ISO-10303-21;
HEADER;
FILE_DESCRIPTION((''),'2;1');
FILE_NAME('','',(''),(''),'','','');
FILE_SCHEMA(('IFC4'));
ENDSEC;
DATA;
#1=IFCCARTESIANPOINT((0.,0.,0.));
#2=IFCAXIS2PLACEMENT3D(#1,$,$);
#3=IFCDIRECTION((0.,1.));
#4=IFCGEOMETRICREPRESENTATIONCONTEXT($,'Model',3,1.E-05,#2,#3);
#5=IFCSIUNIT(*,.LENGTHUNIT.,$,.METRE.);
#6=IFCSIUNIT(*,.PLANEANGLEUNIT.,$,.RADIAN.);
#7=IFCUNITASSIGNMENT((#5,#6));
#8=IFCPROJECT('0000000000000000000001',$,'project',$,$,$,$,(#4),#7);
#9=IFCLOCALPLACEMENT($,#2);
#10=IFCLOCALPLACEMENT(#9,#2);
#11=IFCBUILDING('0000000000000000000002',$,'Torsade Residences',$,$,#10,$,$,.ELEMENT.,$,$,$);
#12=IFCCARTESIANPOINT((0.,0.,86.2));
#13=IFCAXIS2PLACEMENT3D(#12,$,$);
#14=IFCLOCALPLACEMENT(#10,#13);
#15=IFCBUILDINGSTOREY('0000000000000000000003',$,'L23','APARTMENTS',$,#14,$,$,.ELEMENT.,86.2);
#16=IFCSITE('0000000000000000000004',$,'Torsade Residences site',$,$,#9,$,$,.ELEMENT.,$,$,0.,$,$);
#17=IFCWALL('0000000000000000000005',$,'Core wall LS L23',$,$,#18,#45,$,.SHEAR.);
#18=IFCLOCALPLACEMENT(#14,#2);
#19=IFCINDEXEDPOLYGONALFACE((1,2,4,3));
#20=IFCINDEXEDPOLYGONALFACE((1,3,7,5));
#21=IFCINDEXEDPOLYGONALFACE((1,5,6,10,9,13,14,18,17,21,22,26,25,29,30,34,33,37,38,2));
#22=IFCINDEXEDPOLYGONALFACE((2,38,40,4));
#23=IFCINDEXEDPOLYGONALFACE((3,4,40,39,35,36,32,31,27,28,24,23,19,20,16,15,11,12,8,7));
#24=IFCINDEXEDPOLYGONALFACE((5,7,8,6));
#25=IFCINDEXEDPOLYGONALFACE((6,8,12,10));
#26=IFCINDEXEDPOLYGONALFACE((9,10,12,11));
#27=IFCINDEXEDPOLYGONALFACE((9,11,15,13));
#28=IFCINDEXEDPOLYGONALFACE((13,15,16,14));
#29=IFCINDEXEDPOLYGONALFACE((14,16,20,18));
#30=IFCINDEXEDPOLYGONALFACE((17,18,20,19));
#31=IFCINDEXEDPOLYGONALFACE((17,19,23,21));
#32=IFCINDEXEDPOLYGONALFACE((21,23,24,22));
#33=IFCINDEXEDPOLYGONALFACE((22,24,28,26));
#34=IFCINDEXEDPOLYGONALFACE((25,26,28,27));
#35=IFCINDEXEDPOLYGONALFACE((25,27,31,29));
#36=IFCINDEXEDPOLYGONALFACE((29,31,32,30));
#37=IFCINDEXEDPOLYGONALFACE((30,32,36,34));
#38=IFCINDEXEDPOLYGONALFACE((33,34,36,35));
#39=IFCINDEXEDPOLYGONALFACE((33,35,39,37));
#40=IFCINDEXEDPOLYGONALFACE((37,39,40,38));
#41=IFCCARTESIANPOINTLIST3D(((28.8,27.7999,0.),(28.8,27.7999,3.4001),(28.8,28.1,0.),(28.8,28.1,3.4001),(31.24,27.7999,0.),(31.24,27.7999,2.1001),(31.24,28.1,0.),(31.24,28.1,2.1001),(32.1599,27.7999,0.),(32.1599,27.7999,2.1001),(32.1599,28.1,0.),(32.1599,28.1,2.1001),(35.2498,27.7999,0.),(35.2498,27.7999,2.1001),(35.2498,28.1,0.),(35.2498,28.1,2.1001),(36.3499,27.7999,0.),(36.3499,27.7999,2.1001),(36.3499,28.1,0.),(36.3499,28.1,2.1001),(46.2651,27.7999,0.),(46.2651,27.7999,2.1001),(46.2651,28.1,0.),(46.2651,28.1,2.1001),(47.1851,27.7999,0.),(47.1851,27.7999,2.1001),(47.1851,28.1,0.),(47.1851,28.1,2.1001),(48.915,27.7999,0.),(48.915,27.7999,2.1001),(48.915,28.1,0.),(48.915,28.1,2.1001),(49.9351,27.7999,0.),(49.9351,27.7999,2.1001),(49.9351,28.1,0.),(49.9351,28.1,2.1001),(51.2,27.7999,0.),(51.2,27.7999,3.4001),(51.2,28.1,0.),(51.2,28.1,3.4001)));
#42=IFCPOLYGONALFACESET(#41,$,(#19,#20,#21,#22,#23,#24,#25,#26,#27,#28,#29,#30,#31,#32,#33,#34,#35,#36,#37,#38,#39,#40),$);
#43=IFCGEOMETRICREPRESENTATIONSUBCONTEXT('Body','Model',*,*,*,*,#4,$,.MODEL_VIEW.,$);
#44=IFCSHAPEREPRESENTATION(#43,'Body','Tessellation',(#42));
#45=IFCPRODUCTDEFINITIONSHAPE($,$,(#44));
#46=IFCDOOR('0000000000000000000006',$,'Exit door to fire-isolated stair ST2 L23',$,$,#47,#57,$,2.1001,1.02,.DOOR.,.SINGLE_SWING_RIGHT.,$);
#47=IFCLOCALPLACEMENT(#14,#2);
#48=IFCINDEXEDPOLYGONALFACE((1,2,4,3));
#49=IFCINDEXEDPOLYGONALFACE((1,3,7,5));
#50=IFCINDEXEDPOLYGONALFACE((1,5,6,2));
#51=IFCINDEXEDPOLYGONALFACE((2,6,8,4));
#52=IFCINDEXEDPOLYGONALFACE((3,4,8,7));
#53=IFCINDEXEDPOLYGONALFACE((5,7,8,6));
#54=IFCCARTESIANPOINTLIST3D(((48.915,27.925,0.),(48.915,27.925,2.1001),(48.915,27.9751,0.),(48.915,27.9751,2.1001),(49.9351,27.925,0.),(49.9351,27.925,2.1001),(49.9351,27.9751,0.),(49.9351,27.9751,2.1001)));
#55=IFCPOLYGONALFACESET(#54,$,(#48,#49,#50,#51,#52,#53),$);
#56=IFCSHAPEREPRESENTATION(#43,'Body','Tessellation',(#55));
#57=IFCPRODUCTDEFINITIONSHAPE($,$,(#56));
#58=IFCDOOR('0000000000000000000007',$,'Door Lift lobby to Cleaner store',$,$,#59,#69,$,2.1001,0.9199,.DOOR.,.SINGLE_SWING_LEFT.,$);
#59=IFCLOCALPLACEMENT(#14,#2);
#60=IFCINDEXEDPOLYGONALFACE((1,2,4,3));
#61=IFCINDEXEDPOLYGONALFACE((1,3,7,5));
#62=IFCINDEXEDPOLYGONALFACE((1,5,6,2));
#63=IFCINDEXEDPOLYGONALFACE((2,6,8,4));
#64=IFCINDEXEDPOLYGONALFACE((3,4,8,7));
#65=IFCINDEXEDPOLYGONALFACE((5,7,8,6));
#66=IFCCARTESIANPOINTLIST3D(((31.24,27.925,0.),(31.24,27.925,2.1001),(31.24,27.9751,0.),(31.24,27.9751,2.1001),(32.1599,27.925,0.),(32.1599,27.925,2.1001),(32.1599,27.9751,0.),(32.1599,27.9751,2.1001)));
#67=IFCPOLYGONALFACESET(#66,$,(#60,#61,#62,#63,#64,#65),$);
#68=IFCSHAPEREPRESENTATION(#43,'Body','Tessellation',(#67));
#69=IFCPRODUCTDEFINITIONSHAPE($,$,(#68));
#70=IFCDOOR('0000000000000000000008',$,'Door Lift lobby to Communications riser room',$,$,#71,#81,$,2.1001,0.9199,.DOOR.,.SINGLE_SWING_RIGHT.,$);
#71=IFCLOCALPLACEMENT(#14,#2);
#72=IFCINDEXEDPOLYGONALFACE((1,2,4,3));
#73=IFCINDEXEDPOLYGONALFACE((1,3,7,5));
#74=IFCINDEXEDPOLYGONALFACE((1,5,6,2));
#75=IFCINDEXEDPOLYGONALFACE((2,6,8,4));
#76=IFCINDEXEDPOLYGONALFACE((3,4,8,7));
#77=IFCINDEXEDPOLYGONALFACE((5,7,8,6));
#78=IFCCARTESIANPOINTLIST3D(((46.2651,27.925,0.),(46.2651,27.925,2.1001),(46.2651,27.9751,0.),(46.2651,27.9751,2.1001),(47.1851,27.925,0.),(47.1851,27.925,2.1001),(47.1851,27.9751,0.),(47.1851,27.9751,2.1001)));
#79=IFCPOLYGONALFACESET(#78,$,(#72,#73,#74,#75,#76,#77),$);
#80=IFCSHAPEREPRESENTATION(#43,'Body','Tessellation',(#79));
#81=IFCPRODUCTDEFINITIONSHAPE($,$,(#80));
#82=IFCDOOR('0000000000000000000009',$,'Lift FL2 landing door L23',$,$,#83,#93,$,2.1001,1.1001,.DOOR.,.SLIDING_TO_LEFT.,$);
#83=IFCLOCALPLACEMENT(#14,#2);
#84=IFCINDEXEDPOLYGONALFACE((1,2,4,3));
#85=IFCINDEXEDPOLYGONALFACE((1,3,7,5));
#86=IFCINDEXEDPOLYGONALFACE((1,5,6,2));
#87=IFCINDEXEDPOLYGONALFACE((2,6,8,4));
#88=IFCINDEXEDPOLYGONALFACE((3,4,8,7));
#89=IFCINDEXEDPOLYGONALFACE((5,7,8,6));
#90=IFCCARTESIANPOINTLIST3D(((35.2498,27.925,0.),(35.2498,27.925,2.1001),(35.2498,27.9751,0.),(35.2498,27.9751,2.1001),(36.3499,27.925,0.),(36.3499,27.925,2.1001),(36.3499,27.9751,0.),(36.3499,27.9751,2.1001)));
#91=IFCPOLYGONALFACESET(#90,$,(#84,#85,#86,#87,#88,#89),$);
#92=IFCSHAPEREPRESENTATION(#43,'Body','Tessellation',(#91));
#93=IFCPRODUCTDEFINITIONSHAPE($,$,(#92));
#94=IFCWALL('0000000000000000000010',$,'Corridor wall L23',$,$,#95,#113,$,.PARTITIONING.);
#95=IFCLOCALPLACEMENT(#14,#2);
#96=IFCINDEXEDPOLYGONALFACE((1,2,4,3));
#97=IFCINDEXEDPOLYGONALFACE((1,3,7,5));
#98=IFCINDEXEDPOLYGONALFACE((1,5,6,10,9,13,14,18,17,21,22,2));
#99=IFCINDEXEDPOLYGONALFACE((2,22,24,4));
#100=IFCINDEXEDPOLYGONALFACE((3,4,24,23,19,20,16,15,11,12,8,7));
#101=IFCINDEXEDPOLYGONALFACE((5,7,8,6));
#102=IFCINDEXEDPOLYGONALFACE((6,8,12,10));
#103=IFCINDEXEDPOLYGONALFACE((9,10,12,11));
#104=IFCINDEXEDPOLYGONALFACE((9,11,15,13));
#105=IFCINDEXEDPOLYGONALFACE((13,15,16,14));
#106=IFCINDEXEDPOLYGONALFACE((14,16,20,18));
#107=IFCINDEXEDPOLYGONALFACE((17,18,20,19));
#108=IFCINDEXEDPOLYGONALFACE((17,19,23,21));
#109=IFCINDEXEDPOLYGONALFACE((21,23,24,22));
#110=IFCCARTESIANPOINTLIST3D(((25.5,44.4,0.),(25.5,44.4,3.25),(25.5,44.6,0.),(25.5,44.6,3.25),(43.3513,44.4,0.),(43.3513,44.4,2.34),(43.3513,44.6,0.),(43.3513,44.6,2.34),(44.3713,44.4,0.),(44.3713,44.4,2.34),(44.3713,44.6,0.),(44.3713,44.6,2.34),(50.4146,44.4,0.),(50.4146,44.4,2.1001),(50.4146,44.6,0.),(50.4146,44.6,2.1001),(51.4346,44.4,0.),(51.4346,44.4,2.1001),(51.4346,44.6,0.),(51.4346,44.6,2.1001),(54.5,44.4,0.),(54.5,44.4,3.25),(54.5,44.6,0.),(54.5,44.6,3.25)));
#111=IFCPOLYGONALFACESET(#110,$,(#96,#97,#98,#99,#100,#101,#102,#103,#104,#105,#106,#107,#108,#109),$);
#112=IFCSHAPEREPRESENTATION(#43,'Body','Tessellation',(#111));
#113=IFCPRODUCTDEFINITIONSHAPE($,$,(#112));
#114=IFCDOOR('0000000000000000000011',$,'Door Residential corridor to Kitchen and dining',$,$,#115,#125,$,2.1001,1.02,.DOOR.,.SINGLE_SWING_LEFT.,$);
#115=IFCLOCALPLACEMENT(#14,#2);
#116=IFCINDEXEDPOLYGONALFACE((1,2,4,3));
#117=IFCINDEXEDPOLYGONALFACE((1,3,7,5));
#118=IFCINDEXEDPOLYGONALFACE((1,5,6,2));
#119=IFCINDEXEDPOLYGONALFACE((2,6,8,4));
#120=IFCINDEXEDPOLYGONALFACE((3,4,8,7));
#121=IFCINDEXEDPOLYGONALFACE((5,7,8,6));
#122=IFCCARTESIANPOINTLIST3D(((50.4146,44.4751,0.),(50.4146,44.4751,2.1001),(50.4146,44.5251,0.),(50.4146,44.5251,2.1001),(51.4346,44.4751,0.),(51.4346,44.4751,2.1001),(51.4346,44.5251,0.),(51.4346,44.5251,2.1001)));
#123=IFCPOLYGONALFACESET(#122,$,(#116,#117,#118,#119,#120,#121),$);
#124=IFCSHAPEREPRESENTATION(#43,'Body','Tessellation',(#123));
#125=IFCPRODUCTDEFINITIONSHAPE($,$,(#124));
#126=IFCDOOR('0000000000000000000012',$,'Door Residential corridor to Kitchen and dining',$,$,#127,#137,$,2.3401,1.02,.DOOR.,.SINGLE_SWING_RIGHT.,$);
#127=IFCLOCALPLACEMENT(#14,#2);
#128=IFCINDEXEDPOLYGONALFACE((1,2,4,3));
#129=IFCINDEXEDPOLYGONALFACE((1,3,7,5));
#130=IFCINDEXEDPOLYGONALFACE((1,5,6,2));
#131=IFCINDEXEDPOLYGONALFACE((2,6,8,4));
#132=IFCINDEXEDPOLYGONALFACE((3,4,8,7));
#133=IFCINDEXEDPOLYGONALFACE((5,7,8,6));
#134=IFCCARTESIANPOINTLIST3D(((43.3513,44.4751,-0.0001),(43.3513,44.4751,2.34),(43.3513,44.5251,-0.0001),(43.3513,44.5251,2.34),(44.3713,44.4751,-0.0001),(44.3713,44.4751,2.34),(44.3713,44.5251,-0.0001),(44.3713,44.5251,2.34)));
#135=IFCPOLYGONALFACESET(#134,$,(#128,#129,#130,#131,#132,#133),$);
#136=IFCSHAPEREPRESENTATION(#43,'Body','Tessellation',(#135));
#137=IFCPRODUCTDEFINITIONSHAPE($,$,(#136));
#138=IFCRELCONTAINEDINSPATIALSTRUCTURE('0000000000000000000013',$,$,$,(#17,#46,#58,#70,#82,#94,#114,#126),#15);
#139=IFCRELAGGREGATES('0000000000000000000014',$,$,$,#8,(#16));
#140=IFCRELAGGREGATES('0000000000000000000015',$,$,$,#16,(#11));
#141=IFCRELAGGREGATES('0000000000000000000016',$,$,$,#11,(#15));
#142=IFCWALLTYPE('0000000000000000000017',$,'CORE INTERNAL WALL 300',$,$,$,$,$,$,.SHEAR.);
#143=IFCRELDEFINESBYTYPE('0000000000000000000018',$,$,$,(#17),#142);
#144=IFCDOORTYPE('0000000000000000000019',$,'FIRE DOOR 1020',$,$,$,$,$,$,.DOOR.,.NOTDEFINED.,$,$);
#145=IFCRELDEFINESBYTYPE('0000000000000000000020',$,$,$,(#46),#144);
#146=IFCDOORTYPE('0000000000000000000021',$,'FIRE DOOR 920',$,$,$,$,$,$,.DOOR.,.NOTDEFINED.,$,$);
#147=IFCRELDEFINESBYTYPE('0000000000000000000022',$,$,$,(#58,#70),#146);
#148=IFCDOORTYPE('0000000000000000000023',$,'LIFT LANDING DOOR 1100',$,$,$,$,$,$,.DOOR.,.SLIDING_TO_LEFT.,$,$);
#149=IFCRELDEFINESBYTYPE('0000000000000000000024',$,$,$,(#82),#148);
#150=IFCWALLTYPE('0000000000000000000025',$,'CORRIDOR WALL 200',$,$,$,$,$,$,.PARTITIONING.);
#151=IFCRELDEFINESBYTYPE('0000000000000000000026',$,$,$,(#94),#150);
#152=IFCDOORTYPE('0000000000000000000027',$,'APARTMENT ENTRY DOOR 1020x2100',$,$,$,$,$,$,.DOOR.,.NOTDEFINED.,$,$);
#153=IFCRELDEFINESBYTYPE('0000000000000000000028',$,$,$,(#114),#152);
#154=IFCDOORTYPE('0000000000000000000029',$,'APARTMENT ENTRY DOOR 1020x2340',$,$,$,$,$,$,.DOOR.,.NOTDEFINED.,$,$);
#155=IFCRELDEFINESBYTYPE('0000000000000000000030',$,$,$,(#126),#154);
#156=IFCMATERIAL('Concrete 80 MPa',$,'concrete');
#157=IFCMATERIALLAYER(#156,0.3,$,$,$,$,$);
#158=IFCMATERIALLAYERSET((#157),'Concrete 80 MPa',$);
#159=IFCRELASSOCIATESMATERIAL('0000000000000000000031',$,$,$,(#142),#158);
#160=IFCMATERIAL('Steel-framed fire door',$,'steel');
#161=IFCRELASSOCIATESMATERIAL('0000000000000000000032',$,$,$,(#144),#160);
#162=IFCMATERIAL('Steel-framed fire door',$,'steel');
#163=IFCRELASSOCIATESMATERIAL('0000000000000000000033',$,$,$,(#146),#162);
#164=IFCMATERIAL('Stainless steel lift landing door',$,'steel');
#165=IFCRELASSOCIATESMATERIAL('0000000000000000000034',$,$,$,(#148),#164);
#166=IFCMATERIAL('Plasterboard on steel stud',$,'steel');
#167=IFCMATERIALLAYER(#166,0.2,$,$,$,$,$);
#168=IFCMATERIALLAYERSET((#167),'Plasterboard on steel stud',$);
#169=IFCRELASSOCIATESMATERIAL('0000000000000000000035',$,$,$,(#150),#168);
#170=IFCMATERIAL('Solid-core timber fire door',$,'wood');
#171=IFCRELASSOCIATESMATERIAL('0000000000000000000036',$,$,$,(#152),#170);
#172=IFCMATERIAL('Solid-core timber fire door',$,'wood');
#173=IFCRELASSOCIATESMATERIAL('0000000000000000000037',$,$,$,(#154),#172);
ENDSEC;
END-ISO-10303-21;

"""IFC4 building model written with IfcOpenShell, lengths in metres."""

from ifc_helpers import new_model, si_unit, direction, frame, frame_2d, origin, place, context, subcontext, project, spatial, rectangle, extrude, material, layer, layer_set, type_object, element, fill, save


model = new_model("IFC4")

# Units and contexts
model_context = context("Model", 3, precision=1e-05, world=origin(), true_north=direction((0.0, 1.0)))
body_context = subcontext(model_context, "Body", "Model", "MODEL_VIEW")
ifc_project = project(units=[si_unit("LENGTHUNIT", "METRE"), si_unit("PLANEANGLEUNIT", "RADIAN")], contexts=[model_context])

# Site, building, storey
site_placement = place(None, origin())
site = spatial("IfcSite", under=ifc_project, at=site_placement, Name="Torsade Residences site", CompositionType="ELEMENT", RefElevation=0.0)
building_placement = place(site_placement, origin())
building = spatial("IfcBuilding", under=site, at=building_placement, Name="Torsade Residences", CompositionType="ELEMENT")
storey_placement = place(building_placement, frame((0.0, 0.0, 86.2)))
storey = spatial("IfcBuildingStorey", under=building, at=storey_placement, Name="L23", Description="APARTMENTS", CompositionType="ELEMENT", Elevation=86.2)

# Walls, openings, doors
ifc_material_1 = material(Name="Concrete 80 MPa", Category="concrete")
ifc_layer_1 = layer(ifc_material_1, 0.3)
ifc_layer_set_1 = layer_set([ifc_layer_1], Name="Concrete 80 MPa")
wall_type_1 = type_object("IfcWallType", Name="CORE INTERNAL WALL 300", PredefinedType="SHEAR", material=ifc_layer_set_1)
wall_1_placement = place(storey_placement, frame((51.2, 27.95, 0.0), z_axis=(0.0, 0.0, 1.0), x_axis=(-1.0, 0.0, 0.0)))
wall_1 = element("IfcWall", 1, at=wall_1_placement, inside=storey, type_object=wall_type_1, Name="Core wall LS L23", PredefinedType="SHEAR", context=body_context, shape_type="SweptSolid", body=[
    extrude(rectangle(XDim=22.3999, YDim=0.3, at=frame_2d((11.2, 0.0))), origin(), (0.0, 0.0, 1.0), 3.4001),
])
opening_1_placement = place(wall_1_placement, frame((19.04, 0.0, 0.0)))
opening_1 = element("IfcOpeningElement", 2, at=opening_1_placement, cuts=wall_1, PredefinedType="OPENING", context=body_context, shape_type="SweptSolid", body=[
    extrude(rectangle(XDim=0.9199, YDim=2.1001, at=frame_2d((0.46, 1.05))), frame((0.0, 0.1599, 0.0), z_axis=(0.0, -1.0, 0.0), x_axis=(1.0, 0.0, 0.0)), (0.0, 0.0, 1.0), 0.3201),
])
opening_2_placement = place(wall_1_placement, frame((1.2649, 0.0, 0.0)))
opening_2 = element("IfcOpeningElement", 3, at=opening_2_placement, cuts=wall_1, PredefinedType="OPENING", context=body_context, shape_type="SweptSolid", body=[
    extrude(rectangle(XDim=1.02, YDim=2.1001, at=frame_2d((0.51, 1.05))), frame((0.0, 0.1599, 0.0), z_axis=(0.0, -1.0, 0.0), x_axis=(1.0, 0.0, 0.0)), (0.0, 0.0, 1.0), 0.3201),
])
opening_3_placement = place(wall_1_placement, frame((4.0149, 0.0, 0.0)))
opening_3 = element("IfcOpeningElement", 4, at=opening_3_placement, cuts=wall_1, PredefinedType="OPENING", context=body_context, shape_type="SweptSolid", body=[
    extrude(rectangle(XDim=0.9199, YDim=2.1001, at=frame_2d((0.46, 1.05))), frame((0.0, 0.1599, 0.0), z_axis=(0.0, -1.0, 0.0), x_axis=(1.0, 0.0, 0.0)), (0.0, 0.0, 1.0), 0.3201),
])
opening_4_placement = place(wall_1_placement, frame((14.8501, 0.0, 0.0)))
opening_4 = element("IfcOpeningElement", 5, at=opening_4_placement, cuts=wall_1, PredefinedType="OPENING", context=body_context, shape_type="SweptSolid", body=[
    extrude(rectangle(XDim=1.1001, YDim=2.1001, at=frame_2d((0.55, 1.05))), frame((0.0, 0.1599, 0.0), z_axis=(0.0, -1.0, 0.0), x_axis=(1.0, 0.0, 0.0)), (0.0, 0.0, 1.0), 0.3201),
])
ifc_material_2 = material(Name="Steel-framed fire door", Category="steel")
door_type_1 = type_object("IfcDoorType", Name="FIRE DOOR 1020", OperationType="NOTDEFINED", PredefinedType="DOOR", material=ifc_material_2)
door_1_placement = place(opening_2_placement, origin())
door_1 = element("IfcDoor", 6, at=door_1_placement, inside=storey, type_object=door_type_1, Name="Exit door to fire-isolated stair ST2 L23", OperationType="SINGLE_SWING_RIGHT", OverallHeight=2.1001, OverallWidth=1.02, PredefinedType="DOOR", context=body_context, shape_type="SweptSolid", body=[
    extrude(rectangle(XDim=1.02, YDim=2.1001, at=frame_2d((0.51, 1.05))), frame((0.0, 0.0249, 0.0), z_axis=(0.0, -1.0, 0.0), x_axis=(1.0, 0.0, 0.0)), (0.0, 0.0, 1.0), 0.05),
])
fill(opening_2, door_1)
ifc_material_3 = material(Name="Steel-framed fire door", Category="steel")
door_type_2 = type_object("IfcDoorType", Name="FIRE DOOR 920", OperationType="NOTDEFINED", PredefinedType="DOOR", material=ifc_material_3)
door_2_placement = place(opening_1_placement, origin())
door_2 = element("IfcDoor", 7, at=door_2_placement, inside=storey, type_object=door_type_2, Name="Door Lift lobby to Cleaner store", OperationType="SINGLE_SWING_LEFT", OverallHeight=2.1001, OverallWidth=0.9199, PredefinedType="DOOR", context=body_context, shape_type="SweptSolid", body=[
    extrude(rectangle(XDim=0.9199, YDim=2.1001, at=frame_2d((0.46, 1.05))), frame((0.0, 0.0249, 0.0), z_axis=(0.0, -1.0, 0.0), x_axis=(1.0, 0.0, 0.0)), (0.0, 0.0, 1.0), 0.05),
])
fill(opening_1, door_2)
door_3_placement = place(opening_3_placement, origin())
door_3 = element("IfcDoor", 8, at=door_3_placement, inside=storey, type_object=door_type_2, Name="Door Lift lobby to Communications riser room", OperationType="SINGLE_SWING_RIGHT", OverallHeight=2.1001, OverallWidth=0.9199, PredefinedType="DOOR", context=body_context, shape_type="SweptSolid", body=[
    extrude(rectangle(XDim=0.9199, YDim=2.1001, at=frame_2d((0.46, 1.05))), frame((0.0, 0.0249, 0.0), z_axis=(0.0, -1.0, 0.0), x_axis=(1.0, 0.0, 0.0)), (0.0, 0.0, 1.0), 0.05),
])
fill(opening_3, door_3)
ifc_material_4 = material(Name="Stainless steel lift landing door", Category="steel")
door_type_3 = type_object("IfcDoorType", Name="LIFT LANDING DOOR 1100", OperationType="SLIDING_TO_LEFT", PredefinedType="DOOR", material=ifc_material_4)
door_4_placement = place(opening_4_placement, origin())
door_4 = element("IfcDoor", 9, at=door_4_placement, inside=storey, type_object=door_type_3, Name="Lift FL2 landing door L23", OperationType="SLIDING_TO_LEFT", OverallHeight=2.1001, OverallWidth=1.1001, PredefinedType="DOOR", context=body_context, shape_type="SweptSolid", body=[
    extrude(rectangle(XDim=1.1001, YDim=2.1001, at=frame_2d((0.55, 1.05))), frame((0.0, 0.0249, 0.0), z_axis=(0.0, -1.0, 0.0), x_axis=(1.0, 0.0, 0.0)), (0.0, 0.0, 1.0), 0.05),
])
fill(opening_4, door_4)
ifc_material_5 = material(Name="Plasterboard on steel stud", Category="steel")
ifc_layer_2 = layer(ifc_material_5, 0.2)
ifc_layer_set_2 = layer_set([ifc_layer_2], Name="Plasterboard on steel stud")
wall_type_2 = type_object("IfcWallType", Name="CORRIDOR WALL 200", PredefinedType="PARTITIONING", material=ifc_layer_set_2)
wall_2_placement = place(storey_placement, frame((54.5, 44.5, 0.0), z_axis=(0.0, 0.0, 1.0), x_axis=(-1.0, 0.0, 0.0)))
wall_2 = element("IfcWall", 10, at=wall_2_placement, inside=storey, type_object=wall_type_2, Name="Corridor wall L23", PredefinedType="PARTITIONING", context=body_context, shape_type="SweptSolid", body=[
    extrude(rectangle(XDim=29.0, YDim=0.2, at=frame_2d((14.5, 0.0))), origin(), (0.0, 0.0, 1.0), 3.25),
])
opening_5_placement = place(wall_2_placement, frame((10.1287, 0.0, 0.0)))
opening_5 = element("IfcOpeningElement", 11, at=opening_5_placement, cuts=wall_2, PredefinedType="OPENING", context=body_context, shape_type="SweptSolid", body=[
    extrude(rectangle(XDim=1.02, YDim=2.3401, at=frame_2d((0.51, 1.1699))), frame((0.0, 0.1099, 0.0), z_axis=(0.0, -1.0, 0.0), x_axis=(1.0, 0.0, 0.0)), (0.0, 0.0, 1.0), 0.22),
])
opening_6_placement = place(wall_2_placement, frame((3.0654, 0.0, 0.0)))
opening_6 = element("IfcOpeningElement", 12, at=opening_6_placement, cuts=wall_2, PredefinedType="OPENING", context=body_context, shape_type="SweptSolid", body=[
    extrude(rectangle(XDim=1.02, YDim=2.1001, at=frame_2d((0.51, 1.05))), frame((0.0, 0.1099, 0.0), z_axis=(0.0, -1.0, 0.0), x_axis=(1.0, 0.0, 0.0)), (0.0, 0.0, 1.0), 0.22),
])
ifc_material_6 = material(Name="Solid-core timber fire door", Category="wood")
door_type_4 = type_object("IfcDoorType", Name="APARTMENT ENTRY DOOR 1020x2100", OperationType="NOTDEFINED", PredefinedType="DOOR", material=ifc_material_6)
door_5_placement = place(opening_6_placement, origin())
door_5 = element("IfcDoor", 13, at=door_5_placement, inside=storey, type_object=door_type_4, Name="Door Residential corridor to Kitchen and dining", OperationType="SINGLE_SWING_LEFT", OverallHeight=2.1001, OverallWidth=1.02, PredefinedType="DOOR", context=body_context, shape_type="SweptSolid", body=[
    extrude(rectangle(XDim=1.02, YDim=2.1001, at=frame_2d((0.51, 1.05))), frame((0.0, 0.0249, 0.0), z_axis=(0.0, -1.0, 0.0), x_axis=(1.0, 0.0, 0.0)), (0.0, 0.0, 1.0), 0.05),
])
fill(opening_6, door_5)
ifc_material_7 = material(Name="Solid-core timber fire door", Category="wood")
door_type_5 = type_object("IfcDoorType", Name="APARTMENT ENTRY DOOR 1020x2340", OperationType="NOTDEFINED", PredefinedType="DOOR", material=ifc_material_7)
door_6_placement = place(opening_5_placement, origin())
door_6 = element("IfcDoor", 14, at=door_6_placement, inside=storey, type_object=door_type_5, Name="Door Residential corridor to Kitchen and dining", OperationType="SINGLE_SWING_RIGHT", OverallHeight=2.3401, OverallWidth=1.02, PredefinedType="DOOR", context=body_context, shape_type="SweptSolid", body=[
    extrude(rectangle(XDim=1.02, YDim=2.3401, at=frame_2d((0.51, 1.1699))), frame((0.0, 0.0249, 0.0), z_axis=(0.0, -1.0, 0.0), x_axis=(1.0, 0.0, 0.0)), (0.0, 0.0, 1.0), 0.05),
])
fill(opening_5, door_6)

save(model, "model.ifc")
